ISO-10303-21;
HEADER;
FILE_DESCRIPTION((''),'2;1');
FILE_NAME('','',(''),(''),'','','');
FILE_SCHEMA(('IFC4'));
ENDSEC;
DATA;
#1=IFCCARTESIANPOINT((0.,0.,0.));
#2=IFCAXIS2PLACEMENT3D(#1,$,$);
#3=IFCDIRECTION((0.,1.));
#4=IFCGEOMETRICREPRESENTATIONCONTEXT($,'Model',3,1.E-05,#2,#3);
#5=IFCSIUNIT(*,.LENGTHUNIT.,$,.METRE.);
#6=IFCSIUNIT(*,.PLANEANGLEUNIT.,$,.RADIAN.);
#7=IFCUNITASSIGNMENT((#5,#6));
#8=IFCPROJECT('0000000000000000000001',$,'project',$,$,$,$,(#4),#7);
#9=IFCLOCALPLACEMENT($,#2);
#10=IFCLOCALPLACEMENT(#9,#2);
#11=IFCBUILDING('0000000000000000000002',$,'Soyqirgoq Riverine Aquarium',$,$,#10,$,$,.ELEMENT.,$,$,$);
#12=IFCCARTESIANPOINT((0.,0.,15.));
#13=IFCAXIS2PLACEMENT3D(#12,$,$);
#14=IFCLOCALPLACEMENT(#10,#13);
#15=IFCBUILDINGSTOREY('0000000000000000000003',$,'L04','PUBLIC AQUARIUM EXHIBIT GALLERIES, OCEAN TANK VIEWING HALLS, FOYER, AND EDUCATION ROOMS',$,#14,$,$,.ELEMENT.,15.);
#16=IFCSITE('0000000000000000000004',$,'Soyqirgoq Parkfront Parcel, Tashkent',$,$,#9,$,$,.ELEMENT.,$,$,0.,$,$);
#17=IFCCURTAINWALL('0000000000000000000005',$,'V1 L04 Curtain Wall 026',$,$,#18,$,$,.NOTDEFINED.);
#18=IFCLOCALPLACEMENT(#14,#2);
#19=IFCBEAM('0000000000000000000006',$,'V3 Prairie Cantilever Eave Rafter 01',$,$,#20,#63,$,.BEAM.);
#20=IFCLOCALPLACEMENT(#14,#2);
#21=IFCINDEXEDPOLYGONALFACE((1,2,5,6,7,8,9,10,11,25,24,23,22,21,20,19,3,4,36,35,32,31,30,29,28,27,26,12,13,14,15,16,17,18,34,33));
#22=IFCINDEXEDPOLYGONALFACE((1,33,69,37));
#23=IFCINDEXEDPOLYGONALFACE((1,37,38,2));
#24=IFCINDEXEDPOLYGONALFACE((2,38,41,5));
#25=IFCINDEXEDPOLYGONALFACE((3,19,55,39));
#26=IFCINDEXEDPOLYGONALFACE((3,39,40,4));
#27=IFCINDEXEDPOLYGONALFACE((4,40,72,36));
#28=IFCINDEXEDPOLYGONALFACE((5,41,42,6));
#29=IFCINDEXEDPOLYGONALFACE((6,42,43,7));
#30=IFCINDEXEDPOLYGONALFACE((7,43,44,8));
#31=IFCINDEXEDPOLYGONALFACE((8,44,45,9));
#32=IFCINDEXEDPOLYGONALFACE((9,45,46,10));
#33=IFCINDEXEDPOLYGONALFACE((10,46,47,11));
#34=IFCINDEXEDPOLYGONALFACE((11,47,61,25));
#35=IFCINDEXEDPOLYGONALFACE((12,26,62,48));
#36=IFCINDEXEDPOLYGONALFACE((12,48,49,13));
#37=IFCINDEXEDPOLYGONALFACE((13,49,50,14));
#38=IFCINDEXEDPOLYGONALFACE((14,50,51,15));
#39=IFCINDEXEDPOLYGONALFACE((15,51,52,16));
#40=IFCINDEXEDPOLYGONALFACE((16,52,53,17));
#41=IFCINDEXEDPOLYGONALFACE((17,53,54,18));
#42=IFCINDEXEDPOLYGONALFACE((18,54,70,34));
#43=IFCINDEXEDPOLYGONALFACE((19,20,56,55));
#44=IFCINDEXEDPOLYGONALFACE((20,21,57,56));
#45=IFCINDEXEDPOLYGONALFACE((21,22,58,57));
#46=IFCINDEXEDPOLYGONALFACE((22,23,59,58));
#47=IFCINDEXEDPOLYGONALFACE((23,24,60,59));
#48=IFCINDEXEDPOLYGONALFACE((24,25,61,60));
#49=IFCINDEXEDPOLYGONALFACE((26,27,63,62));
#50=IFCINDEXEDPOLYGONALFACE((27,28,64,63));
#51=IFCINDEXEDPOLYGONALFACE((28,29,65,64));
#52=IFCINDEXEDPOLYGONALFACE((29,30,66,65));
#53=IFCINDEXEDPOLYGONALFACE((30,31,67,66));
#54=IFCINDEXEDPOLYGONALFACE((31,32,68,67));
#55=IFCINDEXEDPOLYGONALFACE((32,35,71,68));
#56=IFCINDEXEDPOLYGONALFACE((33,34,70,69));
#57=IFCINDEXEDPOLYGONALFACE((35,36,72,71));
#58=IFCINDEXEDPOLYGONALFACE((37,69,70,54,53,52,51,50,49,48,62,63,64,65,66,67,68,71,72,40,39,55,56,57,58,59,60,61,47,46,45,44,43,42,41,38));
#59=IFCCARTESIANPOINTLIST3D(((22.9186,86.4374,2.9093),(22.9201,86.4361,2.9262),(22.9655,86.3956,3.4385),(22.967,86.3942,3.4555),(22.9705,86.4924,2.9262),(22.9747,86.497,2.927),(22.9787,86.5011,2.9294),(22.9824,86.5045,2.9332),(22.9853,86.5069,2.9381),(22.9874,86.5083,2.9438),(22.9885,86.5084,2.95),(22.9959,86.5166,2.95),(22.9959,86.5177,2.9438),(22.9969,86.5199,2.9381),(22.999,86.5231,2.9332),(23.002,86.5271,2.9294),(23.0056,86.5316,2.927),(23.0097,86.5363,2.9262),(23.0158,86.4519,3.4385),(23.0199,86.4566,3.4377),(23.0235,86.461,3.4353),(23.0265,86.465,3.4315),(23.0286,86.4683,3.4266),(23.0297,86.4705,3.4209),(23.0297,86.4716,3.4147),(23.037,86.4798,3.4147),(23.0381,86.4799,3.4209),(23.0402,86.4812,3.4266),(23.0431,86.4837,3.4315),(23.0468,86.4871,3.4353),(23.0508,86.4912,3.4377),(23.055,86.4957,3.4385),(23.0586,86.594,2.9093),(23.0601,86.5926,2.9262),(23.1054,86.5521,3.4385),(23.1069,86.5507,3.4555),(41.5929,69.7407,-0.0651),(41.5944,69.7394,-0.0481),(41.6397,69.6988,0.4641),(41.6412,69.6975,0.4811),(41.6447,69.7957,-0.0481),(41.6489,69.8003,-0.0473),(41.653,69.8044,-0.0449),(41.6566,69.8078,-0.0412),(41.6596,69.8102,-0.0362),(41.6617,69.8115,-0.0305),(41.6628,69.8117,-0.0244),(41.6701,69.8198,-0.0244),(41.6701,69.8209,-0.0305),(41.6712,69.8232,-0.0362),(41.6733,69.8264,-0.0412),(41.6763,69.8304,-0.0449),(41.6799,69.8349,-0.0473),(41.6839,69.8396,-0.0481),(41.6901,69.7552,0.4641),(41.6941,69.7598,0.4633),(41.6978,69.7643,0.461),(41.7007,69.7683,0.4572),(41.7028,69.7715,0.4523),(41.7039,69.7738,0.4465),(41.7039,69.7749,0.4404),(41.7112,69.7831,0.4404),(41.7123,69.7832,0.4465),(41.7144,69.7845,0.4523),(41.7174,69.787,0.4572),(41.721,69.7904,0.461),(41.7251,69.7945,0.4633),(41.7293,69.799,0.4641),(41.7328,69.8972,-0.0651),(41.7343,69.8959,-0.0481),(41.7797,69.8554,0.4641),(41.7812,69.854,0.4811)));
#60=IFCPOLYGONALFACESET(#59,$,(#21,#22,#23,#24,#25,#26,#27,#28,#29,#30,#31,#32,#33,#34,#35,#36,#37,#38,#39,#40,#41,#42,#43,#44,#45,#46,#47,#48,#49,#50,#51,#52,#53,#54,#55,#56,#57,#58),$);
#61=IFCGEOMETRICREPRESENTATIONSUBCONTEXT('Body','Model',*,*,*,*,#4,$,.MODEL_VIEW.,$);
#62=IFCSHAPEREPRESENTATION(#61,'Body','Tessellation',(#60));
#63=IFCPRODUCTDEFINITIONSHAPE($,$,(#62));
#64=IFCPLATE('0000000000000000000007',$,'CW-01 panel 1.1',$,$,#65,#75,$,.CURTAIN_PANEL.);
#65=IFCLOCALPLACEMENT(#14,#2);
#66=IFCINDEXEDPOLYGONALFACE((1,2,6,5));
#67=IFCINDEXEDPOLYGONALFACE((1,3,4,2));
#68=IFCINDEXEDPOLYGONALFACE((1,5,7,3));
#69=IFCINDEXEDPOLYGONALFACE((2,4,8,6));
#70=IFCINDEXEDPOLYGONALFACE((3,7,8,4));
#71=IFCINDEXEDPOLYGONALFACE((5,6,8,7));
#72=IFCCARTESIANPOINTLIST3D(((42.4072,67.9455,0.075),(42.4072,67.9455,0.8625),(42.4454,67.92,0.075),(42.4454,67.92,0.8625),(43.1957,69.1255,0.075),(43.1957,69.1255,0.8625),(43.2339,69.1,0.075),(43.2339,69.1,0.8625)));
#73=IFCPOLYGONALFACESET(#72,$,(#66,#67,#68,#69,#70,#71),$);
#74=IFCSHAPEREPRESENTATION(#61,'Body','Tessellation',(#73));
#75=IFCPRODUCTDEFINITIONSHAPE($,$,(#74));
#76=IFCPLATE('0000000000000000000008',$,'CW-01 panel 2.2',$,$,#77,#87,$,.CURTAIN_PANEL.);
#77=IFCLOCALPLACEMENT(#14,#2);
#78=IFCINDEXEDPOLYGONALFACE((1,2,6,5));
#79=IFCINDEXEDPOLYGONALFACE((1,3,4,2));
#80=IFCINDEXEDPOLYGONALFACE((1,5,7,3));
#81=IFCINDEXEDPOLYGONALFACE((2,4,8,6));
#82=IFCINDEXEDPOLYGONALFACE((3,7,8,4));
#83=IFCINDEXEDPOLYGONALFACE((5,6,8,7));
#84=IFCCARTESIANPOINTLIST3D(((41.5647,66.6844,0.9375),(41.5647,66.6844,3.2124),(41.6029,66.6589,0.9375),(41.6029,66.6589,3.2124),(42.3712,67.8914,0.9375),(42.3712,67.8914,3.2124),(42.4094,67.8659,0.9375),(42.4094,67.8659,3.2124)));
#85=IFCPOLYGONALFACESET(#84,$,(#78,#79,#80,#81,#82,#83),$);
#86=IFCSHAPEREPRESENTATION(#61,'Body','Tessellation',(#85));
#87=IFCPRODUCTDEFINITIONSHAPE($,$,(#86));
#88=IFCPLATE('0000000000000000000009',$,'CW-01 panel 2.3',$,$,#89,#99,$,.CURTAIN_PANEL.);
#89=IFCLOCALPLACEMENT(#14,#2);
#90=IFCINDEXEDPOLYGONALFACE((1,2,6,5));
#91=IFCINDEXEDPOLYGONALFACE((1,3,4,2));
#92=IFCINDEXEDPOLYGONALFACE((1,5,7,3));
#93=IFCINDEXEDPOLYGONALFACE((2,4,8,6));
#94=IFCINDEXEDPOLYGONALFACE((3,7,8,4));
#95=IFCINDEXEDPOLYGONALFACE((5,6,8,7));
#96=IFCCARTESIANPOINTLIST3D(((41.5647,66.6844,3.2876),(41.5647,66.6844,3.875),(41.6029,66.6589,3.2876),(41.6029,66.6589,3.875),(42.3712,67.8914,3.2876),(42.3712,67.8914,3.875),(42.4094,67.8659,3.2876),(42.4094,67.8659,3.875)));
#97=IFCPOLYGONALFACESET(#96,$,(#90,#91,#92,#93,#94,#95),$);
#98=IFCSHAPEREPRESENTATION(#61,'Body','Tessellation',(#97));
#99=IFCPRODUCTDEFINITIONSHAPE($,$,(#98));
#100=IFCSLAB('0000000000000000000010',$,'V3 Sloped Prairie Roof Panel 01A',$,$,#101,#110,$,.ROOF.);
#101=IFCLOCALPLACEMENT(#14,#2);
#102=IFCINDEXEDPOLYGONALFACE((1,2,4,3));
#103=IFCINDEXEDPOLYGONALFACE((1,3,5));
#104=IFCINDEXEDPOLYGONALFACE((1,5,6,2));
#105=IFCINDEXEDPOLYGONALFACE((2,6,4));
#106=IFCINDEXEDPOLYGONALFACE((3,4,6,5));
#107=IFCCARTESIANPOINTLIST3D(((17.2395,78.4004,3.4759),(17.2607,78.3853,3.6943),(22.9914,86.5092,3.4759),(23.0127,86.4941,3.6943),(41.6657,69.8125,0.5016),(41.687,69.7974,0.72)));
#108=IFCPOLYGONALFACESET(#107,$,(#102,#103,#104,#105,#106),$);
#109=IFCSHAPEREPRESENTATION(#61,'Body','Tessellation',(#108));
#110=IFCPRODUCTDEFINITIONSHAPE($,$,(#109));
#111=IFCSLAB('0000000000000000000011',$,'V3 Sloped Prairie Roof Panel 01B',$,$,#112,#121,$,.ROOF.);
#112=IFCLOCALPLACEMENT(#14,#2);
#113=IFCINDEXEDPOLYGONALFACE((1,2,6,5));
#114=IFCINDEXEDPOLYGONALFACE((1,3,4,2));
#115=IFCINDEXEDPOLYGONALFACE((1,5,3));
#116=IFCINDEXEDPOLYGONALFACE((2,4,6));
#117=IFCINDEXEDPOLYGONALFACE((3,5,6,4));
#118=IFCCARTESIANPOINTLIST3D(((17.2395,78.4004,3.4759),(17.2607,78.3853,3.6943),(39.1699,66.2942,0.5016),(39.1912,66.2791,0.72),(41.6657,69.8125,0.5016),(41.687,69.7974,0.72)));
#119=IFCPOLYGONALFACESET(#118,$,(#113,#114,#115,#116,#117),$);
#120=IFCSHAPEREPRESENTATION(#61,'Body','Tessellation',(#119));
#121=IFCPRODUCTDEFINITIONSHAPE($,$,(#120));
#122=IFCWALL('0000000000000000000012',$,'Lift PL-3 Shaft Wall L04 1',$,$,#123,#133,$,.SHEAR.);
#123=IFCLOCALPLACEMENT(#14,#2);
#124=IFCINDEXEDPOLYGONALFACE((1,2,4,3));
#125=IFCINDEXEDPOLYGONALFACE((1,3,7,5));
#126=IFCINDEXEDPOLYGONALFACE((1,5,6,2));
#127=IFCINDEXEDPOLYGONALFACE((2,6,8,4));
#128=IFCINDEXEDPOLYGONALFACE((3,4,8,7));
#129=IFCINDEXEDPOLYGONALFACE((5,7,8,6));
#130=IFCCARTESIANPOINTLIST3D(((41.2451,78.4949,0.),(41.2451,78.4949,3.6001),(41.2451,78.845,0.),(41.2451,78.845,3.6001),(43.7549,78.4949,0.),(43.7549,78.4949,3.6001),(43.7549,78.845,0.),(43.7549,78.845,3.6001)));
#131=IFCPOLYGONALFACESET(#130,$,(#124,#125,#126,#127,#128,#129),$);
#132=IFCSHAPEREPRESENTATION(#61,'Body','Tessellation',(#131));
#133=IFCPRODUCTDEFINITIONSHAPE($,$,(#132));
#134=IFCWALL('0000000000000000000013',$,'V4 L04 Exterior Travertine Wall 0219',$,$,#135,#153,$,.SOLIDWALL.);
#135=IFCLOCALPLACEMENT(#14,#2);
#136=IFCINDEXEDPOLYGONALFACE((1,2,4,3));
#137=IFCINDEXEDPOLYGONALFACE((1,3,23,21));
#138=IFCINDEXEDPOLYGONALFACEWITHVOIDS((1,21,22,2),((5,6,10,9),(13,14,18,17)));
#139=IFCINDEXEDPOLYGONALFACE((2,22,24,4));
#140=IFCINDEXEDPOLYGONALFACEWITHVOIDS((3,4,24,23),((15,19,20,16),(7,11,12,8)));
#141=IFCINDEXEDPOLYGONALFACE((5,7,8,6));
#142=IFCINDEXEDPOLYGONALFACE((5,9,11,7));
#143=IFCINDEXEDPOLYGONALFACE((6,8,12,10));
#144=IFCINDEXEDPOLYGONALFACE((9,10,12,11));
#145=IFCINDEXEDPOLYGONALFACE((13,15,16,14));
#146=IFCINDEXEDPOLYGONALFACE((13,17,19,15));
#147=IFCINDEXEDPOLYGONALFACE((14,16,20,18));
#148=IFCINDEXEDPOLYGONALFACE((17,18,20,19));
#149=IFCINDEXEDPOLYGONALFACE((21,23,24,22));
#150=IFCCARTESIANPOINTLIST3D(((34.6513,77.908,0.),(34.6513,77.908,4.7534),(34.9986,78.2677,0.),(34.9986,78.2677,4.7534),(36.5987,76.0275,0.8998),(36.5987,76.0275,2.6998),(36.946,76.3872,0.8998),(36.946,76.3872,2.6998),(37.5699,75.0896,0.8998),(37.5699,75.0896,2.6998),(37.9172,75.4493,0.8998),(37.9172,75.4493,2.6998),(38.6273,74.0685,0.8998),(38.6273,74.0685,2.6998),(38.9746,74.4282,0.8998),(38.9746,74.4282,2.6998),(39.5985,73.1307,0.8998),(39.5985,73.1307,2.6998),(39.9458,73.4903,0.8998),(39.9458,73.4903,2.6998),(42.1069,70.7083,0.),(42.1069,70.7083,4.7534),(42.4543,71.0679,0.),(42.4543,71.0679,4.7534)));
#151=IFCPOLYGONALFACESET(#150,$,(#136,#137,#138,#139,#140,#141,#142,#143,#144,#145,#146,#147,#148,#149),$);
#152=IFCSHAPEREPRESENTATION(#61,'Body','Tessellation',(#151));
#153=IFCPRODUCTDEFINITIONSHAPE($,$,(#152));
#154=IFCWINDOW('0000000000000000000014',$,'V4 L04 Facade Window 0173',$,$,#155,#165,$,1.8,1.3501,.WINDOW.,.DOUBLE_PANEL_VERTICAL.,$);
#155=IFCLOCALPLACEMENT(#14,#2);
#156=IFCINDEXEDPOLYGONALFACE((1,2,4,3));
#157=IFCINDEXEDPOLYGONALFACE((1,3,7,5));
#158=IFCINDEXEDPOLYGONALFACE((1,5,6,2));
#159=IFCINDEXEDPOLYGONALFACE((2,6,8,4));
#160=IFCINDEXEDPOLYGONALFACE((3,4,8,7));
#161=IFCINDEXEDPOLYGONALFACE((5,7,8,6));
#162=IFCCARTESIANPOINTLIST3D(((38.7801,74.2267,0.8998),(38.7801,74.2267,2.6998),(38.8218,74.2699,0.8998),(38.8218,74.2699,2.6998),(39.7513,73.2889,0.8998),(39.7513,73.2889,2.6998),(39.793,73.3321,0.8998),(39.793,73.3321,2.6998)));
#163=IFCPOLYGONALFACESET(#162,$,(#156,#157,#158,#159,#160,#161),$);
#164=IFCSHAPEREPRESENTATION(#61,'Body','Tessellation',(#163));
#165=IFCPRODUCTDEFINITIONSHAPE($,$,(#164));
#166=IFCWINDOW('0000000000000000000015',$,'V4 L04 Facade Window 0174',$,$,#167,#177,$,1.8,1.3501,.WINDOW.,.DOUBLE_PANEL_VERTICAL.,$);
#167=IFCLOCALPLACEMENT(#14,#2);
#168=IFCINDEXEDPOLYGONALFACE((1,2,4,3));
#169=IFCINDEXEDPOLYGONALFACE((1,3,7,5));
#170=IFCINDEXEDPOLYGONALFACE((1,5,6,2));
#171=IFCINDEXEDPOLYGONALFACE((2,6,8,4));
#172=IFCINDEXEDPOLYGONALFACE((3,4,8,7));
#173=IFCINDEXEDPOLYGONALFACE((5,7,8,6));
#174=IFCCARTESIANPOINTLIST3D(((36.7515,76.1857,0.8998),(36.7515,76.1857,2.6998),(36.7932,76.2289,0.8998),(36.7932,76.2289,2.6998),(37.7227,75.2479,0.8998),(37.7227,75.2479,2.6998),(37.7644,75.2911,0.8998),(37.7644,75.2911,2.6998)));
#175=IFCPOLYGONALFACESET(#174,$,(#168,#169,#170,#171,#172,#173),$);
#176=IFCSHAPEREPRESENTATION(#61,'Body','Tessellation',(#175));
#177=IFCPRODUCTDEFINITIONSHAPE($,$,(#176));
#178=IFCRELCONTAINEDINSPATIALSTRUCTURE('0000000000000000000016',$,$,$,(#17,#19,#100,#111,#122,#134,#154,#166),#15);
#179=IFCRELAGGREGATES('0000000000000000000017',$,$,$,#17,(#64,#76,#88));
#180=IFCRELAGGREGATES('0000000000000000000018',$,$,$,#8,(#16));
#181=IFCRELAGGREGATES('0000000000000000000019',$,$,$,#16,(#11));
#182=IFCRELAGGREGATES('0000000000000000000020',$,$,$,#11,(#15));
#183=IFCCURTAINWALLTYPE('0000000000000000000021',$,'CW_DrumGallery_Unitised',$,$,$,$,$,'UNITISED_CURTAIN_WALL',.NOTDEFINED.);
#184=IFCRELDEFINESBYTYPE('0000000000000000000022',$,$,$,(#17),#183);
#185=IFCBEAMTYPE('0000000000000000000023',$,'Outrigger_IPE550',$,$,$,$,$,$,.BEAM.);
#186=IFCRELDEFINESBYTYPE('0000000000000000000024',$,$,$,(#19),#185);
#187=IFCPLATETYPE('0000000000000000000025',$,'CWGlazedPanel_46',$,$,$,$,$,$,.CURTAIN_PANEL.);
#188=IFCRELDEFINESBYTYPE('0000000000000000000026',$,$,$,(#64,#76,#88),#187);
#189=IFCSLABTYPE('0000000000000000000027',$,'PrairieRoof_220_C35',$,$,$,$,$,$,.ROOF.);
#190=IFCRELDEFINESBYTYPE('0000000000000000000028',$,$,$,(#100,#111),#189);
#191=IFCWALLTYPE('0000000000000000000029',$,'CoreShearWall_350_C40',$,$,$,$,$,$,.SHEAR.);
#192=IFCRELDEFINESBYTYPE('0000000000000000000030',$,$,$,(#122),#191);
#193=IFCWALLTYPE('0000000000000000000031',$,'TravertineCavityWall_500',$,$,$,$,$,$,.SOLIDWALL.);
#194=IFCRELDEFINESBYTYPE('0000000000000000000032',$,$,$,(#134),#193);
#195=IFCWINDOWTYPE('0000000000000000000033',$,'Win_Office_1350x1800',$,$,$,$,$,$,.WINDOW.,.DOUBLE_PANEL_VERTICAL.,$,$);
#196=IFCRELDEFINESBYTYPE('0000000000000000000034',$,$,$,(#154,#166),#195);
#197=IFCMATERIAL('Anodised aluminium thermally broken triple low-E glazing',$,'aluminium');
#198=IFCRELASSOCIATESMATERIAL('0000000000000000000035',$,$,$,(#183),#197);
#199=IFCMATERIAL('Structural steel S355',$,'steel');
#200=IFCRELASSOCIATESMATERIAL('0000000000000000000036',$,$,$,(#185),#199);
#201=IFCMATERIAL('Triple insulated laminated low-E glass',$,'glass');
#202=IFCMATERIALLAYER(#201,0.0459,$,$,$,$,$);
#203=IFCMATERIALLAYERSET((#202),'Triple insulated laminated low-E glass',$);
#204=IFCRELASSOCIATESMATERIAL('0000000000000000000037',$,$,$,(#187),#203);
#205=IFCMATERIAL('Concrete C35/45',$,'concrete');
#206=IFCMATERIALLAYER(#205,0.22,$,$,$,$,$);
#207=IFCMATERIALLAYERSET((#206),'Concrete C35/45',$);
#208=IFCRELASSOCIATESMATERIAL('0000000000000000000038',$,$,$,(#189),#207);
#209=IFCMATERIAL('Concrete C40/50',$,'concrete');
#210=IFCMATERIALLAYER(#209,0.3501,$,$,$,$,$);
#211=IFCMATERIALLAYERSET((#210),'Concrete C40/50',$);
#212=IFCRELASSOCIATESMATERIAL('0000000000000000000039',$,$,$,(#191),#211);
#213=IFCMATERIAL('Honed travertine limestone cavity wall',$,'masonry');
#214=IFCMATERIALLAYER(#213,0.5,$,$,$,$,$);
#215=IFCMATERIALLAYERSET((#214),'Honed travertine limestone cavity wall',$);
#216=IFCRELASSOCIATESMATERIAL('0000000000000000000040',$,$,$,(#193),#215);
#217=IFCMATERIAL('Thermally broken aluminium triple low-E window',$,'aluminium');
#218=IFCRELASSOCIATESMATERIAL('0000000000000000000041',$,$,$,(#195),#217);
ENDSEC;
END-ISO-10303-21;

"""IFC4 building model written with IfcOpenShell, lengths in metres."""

from ifc_helpers import new_model, si_unit, direction, frame, frame_2d, origin, origin_2d, place, context, subcontext, project, spatial, polyline, rectangle, i_section, outline, extrude, material, layer, layer_set, material_profile, profile_set, type_object, element, fill, aggregate, save


model = new_model("IFC4")

# Units and contexts
model_context = context("Model", 3, precision=1e-05, world=origin(), true_north=direction((0.0, 1.0)))
body_context = subcontext(model_context, "Body", "Model", "MODEL_VIEW")
ifc_project = project(units=[si_unit("LENGTHUNIT", "METRE"), si_unit("PLANEANGLEUNIT", "RADIAN")], contexts=[model_context])

# Site, building, storey
site_placement = place(None, origin())
site = spatial("IfcSite", under=ifc_project, at=site_placement, Name="Soyqirgoq Parkfront Parcel, Tashkent", CompositionType="ELEMENT", RefElevation=0.0)
building_placement = place(site_placement, origin())
building = spatial("IfcBuilding", under=site, at=building_placement, Name="Soyqirgoq Riverine Aquarium", CompositionType="ELEMENT")
storey_placement = place(building_placement, frame((0.0, 0.0, 15.0)))
storey = spatial("IfcBuildingStorey", under=building, at=storey_placement, Name="L04", Description="PUBLIC AQUARIUM EXHIBIT GALLERIES, OCEAN TANK VIEWING HALLS, FOYER, AND EDUCATION ROOMS", CompositionType="ELEMENT", Elevation=15.0)

# Curtain wall
ifc_material_1 = material(Name="Anodised aluminium thermally broken triple low-E glazing", Category="aluminium")
curtain_wall_type = type_object("IfcCurtainWallType", Name="CW_DrumGallery_Unitised", ElementType="UNITISED_CURTAIN_WALL", PredefinedType="NOTDEFINED", material=ifc_material_1)
curtain_wall_placement = place(storey_placement, origin())
curtain_wall = element("IfcCurtainWall", 1, at=curtain_wall_placement, inside=storey, type_object=curtain_wall_type, Name="V1 L04 Curtain Wall 026", PredefinedType="NOTDEFINED")

# Beam
ifc_material_2 = material(Name="Structural steel S355", Category="steel")
ifc_material_profile_1 = material_profile(ifc_material_2, i_section(OverallWidth=0.21, OverallDepth=0.55, WebThickness=0.011, FlangeThickness=0.0171, FilletRadius=0.0239, at=origin_2d()), Name="IPE 550")
ifc_profile_set_1 = profile_set([ifc_material_profile_1], Name="Structural steel S355")
beam_type_1 = type_object("IfcBeamType", Name="Outrigger_IPE550", PredefinedType="BEAM", material=ifc_profile_set_1)
beam_1_placement = place(storey_placement, frame((41.687, 69.7974, 0.208), z_axis=(-0.740276, 0.661883, 0.117908), x_axis=(-0.666533, -0.745476, 0.0)))
element("IfcBeam", 2, at=beam_1_placement, inside=storey, type_object=beam_type_1, Name="V3 Prairie Cantilever Eave Rafter 01", PredefinedType="BEAM", context=body_context, shape_type="SweptSolid", body=[
    extrude(i_section(OverallWidth=0.21, OverallDepth=0.55, WebThickness=0.011, FlangeThickness=0.0171, FilletRadius=0.0239, at=origin_2d()), origin(), (0.0, 0.0, 1.0), 25.2261),
])

# Plates
ifc_material_3 = material(Name="Triple insulated laminated low-E glass", Category="glass")
ifc_layer_1 = layer(ifc_material_3, 0.0459)
ifc_layer_set_1 = layer_set([ifc_layer_1], Name="Triple insulated laminated low-E glass")
plate_type = type_object("IfcPlateType", Name="CWGlazedPanel_46", PredefinedType="CURTAIN_PANEL", material=ifc_layer_set_1)
plate_1_placement = place(storey_placement, frame((42.8206, 68.5227, 0.075), z_axis=(0.0, 0.0, 1.0), x_axis=(-0.555579, -0.831464, 0.0)))
plate_1 = element("IfcPlate", 3, at=plate_1_placement, type_object=plate_type, Name="CW-01 panel 1.1", PredefinedType="CURTAIN_PANEL", context=body_context, shape_type="SweptSolid", body=[
    extrude(rectangle(XDim=1.4192, YDim=0.0459, at=origin_2d()), origin(), (0.0, 0.0, 1.0), 0.7876),
])
plate_2_placement = place(storey_placement, frame((41.9871, 67.2751, 0.9375), z_axis=(0.0, 0.0, 1.0), x_axis=(-0.555579, -0.831464, 0.0)))
plate_2 = element("IfcPlate", 4, at=plate_2_placement, type_object=plate_type, Name="CW-01 panel 2.2", PredefinedType="CURTAIN_PANEL", context=body_context, shape_type="SweptSolid", body=[
    extrude(rectangle(XDim=1.4517, YDim=0.0459, at=origin_2d()), origin(), (0.0, 0.0, 1.0), 2.2749),
])
plate_3_placement = place(storey_placement, frame((41.9871, 67.2751, 3.2876), z_axis=(0.0, 0.0, 1.0), x_axis=(-0.555579, -0.831464, 0.0)))
plate_3 = element("IfcPlate", 5, at=plate_3_placement, type_object=plate_type, Name="CW-01 panel 2.3", PredefinedType="CURTAIN_PANEL", context=body_context, shape_type="SweptSolid", body=[
    extrude(rectangle(XDim=1.4517, YDim=0.0459, at=origin_2d()), origin(), (0.0, 0.0, 1.0), 0.5874),
])
aggregate(curtain_wall, [plate_1, plate_2, plate_3])

# Slabs
ifc_material_4 = material(Name="Concrete C35/45", Category="concrete")
ifc_layer_2 = layer(ifc_material_4, 0.22)
ifc_layer_set_2 = layer_set([ifc_layer_2], Name="Concrete C35/45")
slab_type = type_object("IfcSlabType", Name="PrairieRoof_220_C35", PredefinedType="ROOF", material=ifc_layer_set_2)
slab_1_placement = place(storey_placement, frame((41.687, 69.7974, 0.72), z_axis=(0.096774, -0.068646, 0.992936), x_axis=(-0.740276, 0.661883, 0.117908)))
element("IfcSlab", 6, at=slab_1_placement, inside=storey, type_object=slab_type, Name="V3 Sloped Prairie Roof Panel 01A", PredefinedType="ROOF", context=body_context, shape_type="SweptSolid", body=[
    extrude(outline(polyline([(0.0, 0.0), (25.2262, 0.0), (24.1171, 9.8797), (0.0, 0.0)])), origin(), (0.0, 0.0, -1.0), 0.22),
])
slab_2_placement = place(storey_placement, frame((41.687, 69.7974, 0.72), z_axis=(0.096773, -0.06865, 0.992936), x_axis=(-0.937228, 0.329514, 0.114125)))
element("IfcSlab", 7, at=slab_2_placement, inside=storey, type_object=slab_type, Name="V3 Sloped Prairie Roof Panel 01B", PredefinedType="ROOF", context=body_context, shape_type="SweptSolid", body=[
    extrude(outline(polyline([(0.0, 0.0), (26.0623, 0.0), (1.1798, 4.1492), (0.0, 0.0)])), origin(), (0.0, 0.0, -1.0), 0.22),
])

# Wall
ifc_material_5 = material(Name="Concrete C40/50", Category="concrete")
ifc_layer_3 = layer(ifc_material_5, 0.3501)
ifc_layer_set_3 = layer_set([ifc_layer_3], Name="Concrete C40/50")
wall_type_1 = type_object("IfcWallType", Name="CoreShearWall_350_C40", PredefinedType="SHEAR", material=ifc_layer_set_3)
wall_1_placement = place(storey_placement, frame((41.2451, 78.6699, 0.0), z_axis=(0.0, 0.0, 1.0), x_axis=(1.0, 0.0, 0.0)))
element("IfcWall", 8, at=wall_1_placement, inside=storey, type_object=wall_type_1, Name="Lift PL-3 Shaft Wall L04 1", PredefinedType="SHEAR", context=body_context, shape_type="SweptSolid", body=[
    extrude(rectangle(XDim=2.5098, YDim=0.3501, at=frame_2d((1.2549, 0.0))), origin(), (0.0, 0.0, 1.0), 3.6001),
])

# Wall, openings, windows
ifc_material_6 = material(Name="Honed travertine limestone cavity wall", Category="masonry")
ifc_layer_4 = layer(ifc_material_6, 0.5)
ifc_layer_set_4 = layer_set([ifc_layer_4], Name="Honed travertine limestone cavity wall")
wall_type_2 = type_object("IfcWallType", Name="TravertineCavityWall_500", PredefinedType="SOLIDWALL", material=ifc_layer_set_4)
wall_2_placement = place(storey_placement, frame((42.2805, 70.8882, 0.0), z_axis=(0.0, 0.0, 1.0), x_axis=(-0.719342, 0.694656, 0.0)))
wall_2 = element("IfcWall", 9, at=wall_2_placement, inside=storey, type_object=wall_type_2, Name="V4 L04 Exterior Travertine Wall 0219", PredefinedType="SOLIDWALL", context=body_context, shape_type="SweptSolid", body=[
    extrude(rectangle(XDim=10.3645, YDim=0.5, at=frame_2d((5.1821, 0.0))), origin(), (0.0, 0.0, 1.0), 4.7534),
])
opening_1_placement = place(wall_2_placement, frame((3.4871, 0.0, 0.8999)))
opening_1 = element("IfcOpeningElement", 10, at=opening_1_placement, cuts=wall_2, PredefinedType="OPENING", context=body_context, shape_type="SweptSolid", body=[
    extrude(rectangle(XDim=1.3501, YDim=1.8, at=frame_2d((0.675, 0.8999))), frame((0.0, 0.26, 0.0), z_axis=(0.0, -1.0, 0.0), x_axis=(1.0, 0.0, 0.0)), (0.0, 0.0, 1.0), 0.52),
])
opening_2_placement = place(wall_2_placement, frame((6.3071, 0.0, 0.8999)))
opening_2 = element("IfcOpeningElement", 11, at=opening_2_placement, cuts=wall_2, PredefinedType="OPENING", context=body_context, shape_type="SweptSolid", body=[
    extrude(rectangle(XDim=1.3501, YDim=1.8, at=frame_2d((0.675, 0.8999))), frame((0.0, 0.26, 0.0), z_axis=(0.0, -1.0, 0.0), x_axis=(1.0, 0.0, 0.0)), (0.0, 0.0, 1.0), 0.52),
])
ifc_material_7 = material(Name="Thermally broken aluminium triple low-E window", Category="aluminium")
window_type = type_object("IfcWindowType", Name="Win_Office_1350x1800", PartitioningType="DOUBLE_PANEL_VERTICAL", PredefinedType="WINDOW", material=ifc_material_7)
window_1_placement = place(opening_1_placement, origin())
window_1 = element("IfcWindow", 12, at=window_1_placement, inside=storey, type_object=window_type, Name="V4 L04 Facade Window 0173", OverallHeight=1.8, OverallWidth=1.3501, PartitioningType="DOUBLE_PANEL_VERTICAL", PredefinedType="WINDOW", context=body_context, shape_type="SweptSolid", body=[
    extrude(rectangle(XDim=1.3501, YDim=1.8, at=frame_2d((0.675, 0.8999))), frame((0.0, 0.03, 0.0), z_axis=(0.0, -1.0, 0.0), x_axis=(1.0, 0.0, 0.0)), (0.0, 0.0, 1.0), 0.0601),
])
fill(opening_1, window_1)
window_2_placement = place(opening_2_placement, origin())
window_2 = element("IfcWindow", 13, at=window_2_placement, inside=storey, type_object=window_type, Name="V4 L04 Facade Window 0174", OverallHeight=1.8, OverallWidth=1.3501, PartitioningType="DOUBLE_PANEL_VERTICAL", PredefinedType="WINDOW", context=body_context, shape_type="SweptSolid", body=[
    extrude(rectangle(XDim=1.3501, YDim=1.8, at=frame_2d((0.675, 0.8999))), frame((0.0, 0.03, 0.0), z_axis=(0.0, -1.0, 0.0), x_axis=(1.0, 0.0, 0.0)), (0.0, 0.0, 1.0), 0.0601),
])
fill(opening_2, window_2)

save(model, "model.ifc")
